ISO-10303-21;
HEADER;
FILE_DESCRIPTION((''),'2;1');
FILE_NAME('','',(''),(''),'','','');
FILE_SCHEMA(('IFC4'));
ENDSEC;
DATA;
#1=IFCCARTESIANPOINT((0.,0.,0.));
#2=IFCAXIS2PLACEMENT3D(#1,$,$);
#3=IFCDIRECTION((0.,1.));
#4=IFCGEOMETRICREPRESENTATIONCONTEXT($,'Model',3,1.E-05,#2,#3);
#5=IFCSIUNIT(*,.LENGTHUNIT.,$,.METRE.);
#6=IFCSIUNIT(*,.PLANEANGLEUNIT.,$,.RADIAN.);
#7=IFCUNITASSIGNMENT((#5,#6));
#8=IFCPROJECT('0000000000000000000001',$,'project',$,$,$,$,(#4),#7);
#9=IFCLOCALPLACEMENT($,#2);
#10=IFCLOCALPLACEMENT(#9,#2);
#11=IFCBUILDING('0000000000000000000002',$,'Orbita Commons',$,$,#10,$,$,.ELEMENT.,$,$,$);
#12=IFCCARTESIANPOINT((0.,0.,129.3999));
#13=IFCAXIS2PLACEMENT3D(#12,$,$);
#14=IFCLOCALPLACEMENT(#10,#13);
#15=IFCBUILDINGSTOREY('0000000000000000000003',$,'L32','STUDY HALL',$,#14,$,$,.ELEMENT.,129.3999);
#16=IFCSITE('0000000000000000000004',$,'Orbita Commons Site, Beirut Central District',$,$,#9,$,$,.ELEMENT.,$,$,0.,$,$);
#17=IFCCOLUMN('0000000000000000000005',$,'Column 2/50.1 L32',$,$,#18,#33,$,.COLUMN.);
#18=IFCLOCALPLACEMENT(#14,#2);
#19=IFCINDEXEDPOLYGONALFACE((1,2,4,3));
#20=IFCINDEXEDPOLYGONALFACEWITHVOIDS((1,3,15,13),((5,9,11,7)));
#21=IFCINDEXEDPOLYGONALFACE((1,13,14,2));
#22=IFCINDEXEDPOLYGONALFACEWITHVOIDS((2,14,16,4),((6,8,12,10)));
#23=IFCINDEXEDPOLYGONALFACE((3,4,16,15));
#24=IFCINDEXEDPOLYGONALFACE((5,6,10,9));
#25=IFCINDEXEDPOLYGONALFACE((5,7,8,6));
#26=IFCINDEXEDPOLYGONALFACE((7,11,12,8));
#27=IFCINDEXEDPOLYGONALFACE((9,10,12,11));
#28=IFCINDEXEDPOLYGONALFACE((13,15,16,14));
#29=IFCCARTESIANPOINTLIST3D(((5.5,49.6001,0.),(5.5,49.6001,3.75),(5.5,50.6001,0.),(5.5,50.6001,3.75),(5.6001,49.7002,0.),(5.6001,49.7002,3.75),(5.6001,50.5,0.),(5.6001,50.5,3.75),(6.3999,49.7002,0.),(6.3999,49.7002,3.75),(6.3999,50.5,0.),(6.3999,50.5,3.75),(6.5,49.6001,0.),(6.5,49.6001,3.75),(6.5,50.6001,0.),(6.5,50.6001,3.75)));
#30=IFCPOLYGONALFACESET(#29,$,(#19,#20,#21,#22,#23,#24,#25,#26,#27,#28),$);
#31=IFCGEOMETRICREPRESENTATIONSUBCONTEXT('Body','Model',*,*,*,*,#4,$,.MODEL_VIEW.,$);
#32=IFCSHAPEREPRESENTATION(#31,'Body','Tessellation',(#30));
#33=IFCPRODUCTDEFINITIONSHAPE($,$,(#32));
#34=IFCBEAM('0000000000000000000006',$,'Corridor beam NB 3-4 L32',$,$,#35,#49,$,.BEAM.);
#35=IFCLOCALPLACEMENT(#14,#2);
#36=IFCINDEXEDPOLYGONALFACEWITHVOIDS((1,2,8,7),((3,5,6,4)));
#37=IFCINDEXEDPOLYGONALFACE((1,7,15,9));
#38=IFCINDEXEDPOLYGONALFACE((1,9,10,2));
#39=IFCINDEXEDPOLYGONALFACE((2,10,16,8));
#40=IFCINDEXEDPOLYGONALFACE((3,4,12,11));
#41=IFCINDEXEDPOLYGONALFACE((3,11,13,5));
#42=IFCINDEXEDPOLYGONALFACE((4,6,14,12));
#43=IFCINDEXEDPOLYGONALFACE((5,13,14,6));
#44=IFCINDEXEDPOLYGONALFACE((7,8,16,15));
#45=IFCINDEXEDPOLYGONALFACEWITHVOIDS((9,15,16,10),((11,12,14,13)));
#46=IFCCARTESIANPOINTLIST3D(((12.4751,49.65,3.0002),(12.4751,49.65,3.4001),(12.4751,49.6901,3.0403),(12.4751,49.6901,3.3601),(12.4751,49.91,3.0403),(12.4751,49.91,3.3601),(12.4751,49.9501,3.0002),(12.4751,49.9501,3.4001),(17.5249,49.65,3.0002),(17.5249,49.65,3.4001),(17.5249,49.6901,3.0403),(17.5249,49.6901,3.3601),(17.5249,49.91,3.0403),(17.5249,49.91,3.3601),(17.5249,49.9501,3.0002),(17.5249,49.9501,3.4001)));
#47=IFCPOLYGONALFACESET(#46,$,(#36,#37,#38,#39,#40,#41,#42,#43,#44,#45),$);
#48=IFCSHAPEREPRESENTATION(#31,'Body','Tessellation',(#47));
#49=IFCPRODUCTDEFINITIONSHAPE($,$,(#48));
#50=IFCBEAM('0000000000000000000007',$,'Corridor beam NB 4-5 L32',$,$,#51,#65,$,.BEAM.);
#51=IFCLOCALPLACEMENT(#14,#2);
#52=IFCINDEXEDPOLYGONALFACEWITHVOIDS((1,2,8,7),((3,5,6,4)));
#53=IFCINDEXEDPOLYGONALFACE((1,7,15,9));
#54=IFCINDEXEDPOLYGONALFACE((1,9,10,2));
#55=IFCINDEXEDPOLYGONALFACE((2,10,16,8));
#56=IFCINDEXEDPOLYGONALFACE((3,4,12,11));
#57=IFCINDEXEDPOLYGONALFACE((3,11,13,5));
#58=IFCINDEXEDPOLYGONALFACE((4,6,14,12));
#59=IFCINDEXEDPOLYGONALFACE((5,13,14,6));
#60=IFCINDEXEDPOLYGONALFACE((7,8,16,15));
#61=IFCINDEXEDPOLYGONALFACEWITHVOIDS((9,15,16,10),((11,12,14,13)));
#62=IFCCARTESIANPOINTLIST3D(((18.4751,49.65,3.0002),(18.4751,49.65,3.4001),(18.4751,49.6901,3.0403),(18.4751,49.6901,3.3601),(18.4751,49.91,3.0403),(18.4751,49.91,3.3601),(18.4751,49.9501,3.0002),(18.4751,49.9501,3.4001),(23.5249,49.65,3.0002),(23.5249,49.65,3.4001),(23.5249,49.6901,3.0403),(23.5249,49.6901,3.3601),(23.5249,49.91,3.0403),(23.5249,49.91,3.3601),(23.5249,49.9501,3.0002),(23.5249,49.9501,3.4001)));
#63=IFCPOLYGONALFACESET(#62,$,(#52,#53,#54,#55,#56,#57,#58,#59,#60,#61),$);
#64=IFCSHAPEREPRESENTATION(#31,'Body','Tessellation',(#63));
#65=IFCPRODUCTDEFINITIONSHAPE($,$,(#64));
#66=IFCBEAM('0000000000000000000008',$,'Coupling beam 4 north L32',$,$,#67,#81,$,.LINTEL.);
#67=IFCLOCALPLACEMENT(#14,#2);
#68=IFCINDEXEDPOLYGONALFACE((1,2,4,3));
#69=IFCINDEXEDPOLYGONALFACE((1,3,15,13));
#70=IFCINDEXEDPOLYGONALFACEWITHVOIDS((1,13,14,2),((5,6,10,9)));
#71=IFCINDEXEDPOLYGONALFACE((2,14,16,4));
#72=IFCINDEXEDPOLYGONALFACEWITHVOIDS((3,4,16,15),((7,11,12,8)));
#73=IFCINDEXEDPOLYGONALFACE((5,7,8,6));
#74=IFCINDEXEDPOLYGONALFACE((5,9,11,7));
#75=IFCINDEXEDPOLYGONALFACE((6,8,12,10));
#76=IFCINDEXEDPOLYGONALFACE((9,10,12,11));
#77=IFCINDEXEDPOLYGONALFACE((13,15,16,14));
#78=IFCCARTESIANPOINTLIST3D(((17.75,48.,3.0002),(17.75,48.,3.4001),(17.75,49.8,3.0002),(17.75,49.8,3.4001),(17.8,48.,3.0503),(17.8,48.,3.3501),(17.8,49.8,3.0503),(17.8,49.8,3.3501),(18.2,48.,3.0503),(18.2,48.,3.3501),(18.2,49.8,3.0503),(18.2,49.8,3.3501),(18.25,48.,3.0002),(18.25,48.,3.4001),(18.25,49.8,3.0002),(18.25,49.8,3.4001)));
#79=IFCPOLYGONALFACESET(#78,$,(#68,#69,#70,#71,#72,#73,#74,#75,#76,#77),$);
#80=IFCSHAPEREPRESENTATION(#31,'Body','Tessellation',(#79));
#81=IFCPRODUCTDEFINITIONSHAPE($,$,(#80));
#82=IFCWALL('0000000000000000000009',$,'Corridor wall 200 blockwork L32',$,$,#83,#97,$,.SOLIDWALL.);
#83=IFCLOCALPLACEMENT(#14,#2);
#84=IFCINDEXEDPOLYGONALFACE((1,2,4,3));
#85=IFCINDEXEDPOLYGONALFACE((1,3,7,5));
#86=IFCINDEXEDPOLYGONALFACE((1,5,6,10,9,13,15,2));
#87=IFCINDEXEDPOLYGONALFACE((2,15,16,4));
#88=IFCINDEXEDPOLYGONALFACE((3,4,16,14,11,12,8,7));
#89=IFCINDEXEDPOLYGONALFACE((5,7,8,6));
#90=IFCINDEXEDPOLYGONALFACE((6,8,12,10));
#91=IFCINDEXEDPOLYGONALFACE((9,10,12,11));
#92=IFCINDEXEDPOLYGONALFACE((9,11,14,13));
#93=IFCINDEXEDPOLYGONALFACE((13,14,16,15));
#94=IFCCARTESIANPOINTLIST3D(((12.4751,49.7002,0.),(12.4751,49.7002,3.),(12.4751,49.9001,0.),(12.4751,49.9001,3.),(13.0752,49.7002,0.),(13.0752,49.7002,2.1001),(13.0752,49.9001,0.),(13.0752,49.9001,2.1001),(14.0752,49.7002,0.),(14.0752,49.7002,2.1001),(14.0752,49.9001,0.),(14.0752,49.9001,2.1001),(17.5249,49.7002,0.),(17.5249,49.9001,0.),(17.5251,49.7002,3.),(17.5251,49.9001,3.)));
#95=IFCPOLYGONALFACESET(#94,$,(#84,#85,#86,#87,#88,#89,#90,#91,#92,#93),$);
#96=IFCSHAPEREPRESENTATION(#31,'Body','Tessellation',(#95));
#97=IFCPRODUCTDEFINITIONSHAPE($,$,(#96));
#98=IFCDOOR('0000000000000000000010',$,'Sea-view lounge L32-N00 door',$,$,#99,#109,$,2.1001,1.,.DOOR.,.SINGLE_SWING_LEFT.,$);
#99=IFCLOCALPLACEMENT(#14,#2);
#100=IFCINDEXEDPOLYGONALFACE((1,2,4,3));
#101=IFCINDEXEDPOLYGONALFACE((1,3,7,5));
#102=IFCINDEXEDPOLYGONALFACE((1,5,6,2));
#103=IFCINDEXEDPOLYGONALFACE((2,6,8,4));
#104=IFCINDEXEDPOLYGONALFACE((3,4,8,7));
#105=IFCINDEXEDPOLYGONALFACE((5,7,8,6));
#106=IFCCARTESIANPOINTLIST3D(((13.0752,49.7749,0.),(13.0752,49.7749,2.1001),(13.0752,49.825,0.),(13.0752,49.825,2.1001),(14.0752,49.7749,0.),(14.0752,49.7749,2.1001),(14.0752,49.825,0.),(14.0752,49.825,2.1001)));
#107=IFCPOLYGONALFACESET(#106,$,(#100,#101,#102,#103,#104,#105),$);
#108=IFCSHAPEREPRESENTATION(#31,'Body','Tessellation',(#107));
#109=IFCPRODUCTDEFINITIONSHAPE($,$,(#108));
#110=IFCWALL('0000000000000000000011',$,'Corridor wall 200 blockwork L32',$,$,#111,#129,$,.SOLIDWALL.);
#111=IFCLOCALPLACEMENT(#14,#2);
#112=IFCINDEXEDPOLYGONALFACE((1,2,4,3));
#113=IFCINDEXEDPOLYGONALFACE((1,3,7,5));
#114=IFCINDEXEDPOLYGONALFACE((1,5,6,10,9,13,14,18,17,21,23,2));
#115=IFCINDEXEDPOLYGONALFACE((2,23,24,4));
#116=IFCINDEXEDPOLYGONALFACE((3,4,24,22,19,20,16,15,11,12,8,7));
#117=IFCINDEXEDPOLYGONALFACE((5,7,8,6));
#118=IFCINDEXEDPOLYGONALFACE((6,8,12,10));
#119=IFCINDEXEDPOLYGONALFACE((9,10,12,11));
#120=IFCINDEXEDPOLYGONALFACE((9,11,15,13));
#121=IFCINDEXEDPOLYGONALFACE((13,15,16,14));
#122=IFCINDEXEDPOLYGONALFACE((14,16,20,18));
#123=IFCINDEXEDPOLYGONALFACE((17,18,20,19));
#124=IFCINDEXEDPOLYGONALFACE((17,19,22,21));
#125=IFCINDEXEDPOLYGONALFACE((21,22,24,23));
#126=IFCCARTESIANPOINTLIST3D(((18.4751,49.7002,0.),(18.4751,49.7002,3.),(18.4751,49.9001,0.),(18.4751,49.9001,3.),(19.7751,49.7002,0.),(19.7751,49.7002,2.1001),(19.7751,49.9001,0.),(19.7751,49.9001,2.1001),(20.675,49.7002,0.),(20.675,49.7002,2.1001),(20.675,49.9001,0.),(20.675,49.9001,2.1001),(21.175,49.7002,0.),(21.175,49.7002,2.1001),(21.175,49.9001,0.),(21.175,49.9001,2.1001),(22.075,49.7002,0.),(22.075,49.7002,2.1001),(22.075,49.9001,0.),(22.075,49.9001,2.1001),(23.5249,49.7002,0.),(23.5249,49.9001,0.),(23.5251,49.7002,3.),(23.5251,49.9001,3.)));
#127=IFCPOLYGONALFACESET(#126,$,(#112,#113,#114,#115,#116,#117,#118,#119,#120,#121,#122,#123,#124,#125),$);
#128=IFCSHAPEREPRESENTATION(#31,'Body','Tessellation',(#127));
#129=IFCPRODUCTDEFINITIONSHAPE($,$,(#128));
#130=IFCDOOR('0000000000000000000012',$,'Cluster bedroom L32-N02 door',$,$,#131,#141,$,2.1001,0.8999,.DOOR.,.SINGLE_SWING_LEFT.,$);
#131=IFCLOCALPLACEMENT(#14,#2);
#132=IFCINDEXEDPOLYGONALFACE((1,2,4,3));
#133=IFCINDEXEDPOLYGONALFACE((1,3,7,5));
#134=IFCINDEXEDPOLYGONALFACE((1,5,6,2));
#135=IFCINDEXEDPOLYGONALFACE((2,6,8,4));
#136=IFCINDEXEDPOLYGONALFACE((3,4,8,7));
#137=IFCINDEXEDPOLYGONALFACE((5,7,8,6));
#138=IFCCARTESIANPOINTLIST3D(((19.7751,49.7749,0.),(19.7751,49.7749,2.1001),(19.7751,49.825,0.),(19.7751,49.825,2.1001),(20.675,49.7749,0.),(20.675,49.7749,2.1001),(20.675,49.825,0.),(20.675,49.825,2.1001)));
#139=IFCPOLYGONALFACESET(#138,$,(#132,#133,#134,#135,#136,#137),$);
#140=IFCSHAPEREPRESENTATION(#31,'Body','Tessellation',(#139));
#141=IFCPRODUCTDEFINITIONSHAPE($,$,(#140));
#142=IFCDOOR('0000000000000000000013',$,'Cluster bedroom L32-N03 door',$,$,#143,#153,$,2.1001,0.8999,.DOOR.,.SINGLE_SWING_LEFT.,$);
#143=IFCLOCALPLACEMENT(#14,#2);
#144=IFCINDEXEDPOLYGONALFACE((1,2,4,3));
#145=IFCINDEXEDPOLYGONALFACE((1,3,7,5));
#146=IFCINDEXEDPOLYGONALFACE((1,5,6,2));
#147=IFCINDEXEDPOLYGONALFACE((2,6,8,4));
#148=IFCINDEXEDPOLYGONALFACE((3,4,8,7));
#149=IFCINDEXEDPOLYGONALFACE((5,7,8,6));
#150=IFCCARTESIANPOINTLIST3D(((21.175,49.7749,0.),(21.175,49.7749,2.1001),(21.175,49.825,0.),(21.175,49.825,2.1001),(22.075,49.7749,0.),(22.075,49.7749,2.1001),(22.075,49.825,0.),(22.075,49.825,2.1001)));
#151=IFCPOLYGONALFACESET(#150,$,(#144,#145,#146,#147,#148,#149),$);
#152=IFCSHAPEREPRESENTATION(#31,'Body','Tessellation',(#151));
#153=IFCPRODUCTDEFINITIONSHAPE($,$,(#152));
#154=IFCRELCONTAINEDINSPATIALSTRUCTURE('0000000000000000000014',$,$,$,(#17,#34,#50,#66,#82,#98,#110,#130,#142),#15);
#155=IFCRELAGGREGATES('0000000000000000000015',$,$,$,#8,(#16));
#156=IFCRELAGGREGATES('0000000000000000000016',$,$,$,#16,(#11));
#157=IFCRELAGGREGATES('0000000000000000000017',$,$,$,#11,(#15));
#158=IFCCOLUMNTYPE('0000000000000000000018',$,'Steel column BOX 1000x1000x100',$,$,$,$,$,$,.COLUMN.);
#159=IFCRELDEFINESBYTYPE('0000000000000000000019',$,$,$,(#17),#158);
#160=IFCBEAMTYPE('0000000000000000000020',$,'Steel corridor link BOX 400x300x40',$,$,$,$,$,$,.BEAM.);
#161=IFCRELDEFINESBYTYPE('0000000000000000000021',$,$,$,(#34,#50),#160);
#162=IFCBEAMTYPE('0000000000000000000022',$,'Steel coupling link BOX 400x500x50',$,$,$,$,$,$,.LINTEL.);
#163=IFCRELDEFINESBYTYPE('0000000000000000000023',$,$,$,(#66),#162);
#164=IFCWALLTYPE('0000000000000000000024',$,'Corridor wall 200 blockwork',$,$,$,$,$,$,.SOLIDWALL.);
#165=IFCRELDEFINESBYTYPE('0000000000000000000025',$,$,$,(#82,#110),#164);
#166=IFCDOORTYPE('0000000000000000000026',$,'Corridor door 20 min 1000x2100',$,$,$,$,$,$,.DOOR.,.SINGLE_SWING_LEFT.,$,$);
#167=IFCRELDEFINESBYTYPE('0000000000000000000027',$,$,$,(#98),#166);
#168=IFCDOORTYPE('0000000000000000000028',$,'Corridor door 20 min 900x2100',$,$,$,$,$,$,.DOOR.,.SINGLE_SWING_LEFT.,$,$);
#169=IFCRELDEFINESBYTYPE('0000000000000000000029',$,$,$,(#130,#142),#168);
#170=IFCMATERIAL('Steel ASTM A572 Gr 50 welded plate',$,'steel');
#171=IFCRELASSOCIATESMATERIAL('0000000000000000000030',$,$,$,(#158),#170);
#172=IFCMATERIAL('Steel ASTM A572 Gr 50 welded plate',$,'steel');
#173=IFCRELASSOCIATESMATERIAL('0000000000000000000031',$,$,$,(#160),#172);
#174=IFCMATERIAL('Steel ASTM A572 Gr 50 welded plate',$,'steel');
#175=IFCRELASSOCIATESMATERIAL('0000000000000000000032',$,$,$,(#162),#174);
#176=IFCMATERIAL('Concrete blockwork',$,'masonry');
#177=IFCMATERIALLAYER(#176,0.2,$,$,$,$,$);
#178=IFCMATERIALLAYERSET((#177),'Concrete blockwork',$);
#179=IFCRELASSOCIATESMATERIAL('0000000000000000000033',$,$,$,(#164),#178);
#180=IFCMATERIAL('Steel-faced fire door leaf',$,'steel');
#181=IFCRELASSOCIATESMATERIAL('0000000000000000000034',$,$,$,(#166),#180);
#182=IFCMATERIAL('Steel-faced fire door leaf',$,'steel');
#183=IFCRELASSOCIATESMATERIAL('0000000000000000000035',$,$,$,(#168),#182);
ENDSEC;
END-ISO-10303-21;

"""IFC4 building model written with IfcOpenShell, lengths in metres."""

from ifc_helpers import new_model, si_unit, direction, frame, frame_2d, origin, origin_2d, place, context, subcontext, project, spatial, polyline, rectangle, hollow_rectangle, outline, extrude, material, layer, layer_set, material_profile, profile_set, type_object, element, fill, save


model = new_model("IFC4")

# Units and contexts
model_context = context("Model", 3, precision=1e-05, world=origin(), true_north=direction((0.0, 1.0)))
body_context = subcontext(model_context, "Body", "Model", "MODEL_VIEW")
ifc_project = project(units=[si_unit("LENGTHUNIT", "METRE"), si_unit("PLANEANGLEUNIT", "RADIAN")], contexts=[model_context])

# Site, building, storey
site_placement = place(None, origin())
site = spatial("IfcSite", under=ifc_project, at=site_placement, Name="Orbita Commons Site, Beirut Central District", CompositionType="ELEMENT", RefElevation=0.0)
building_placement = place(site_placement, origin())
building = spatial("IfcBuilding", under=site, at=building_placement, Name="Orbita Commons", CompositionType="ELEMENT")
storey_placement = place(building_placement, frame((0.0, 0.0, 129.3999)))
storey = spatial("IfcBuildingStorey", under=building, at=storey_placement, Name="L32", Description="STUDY HALL", CompositionType="ELEMENT", Elevation=129.3999)

# Column
ifc_material_1 = material(Name="Steel ASTM A572 Gr 50 welded plate", Category="steel")
ifc_material_profile_1 = material_profile(ifc_material_1, hollow_rectangle(XDim=1.0, YDim=1.0, WallThickness=0.1001, at=origin_2d()), Name="BOX 1000x1000x100")
ifc_profile_set_1 = profile_set([ifc_material_profile_1], Name="Steel ASTM A572 Gr 50 welded plate")
column_type = type_object("IfcColumnType", Name="Steel column BOX 1000x1000x100", PredefinedType="COLUMN", material=ifc_profile_set_1)
column_placement = place(storey_placement, frame((6.0, 50.1001, 0.0), z_axis=(0.0, 0.0, 1.0), x_axis=(1.0, 0.0, 0.0)))
element("IfcColumn", 1, at=column_placement, inside=storey, type_object=column_type, Name="Column 2/50.1 L32", PredefinedType="COLUMN", context=body_context, shape_type="SweptSolid", body=[
    extrude(hollow_rectangle(XDim=1.0, YDim=1.0, WallThickness=0.1001, at=origin_2d()), origin(), (0.0, 0.0, 1.0), 3.75),
])

# Beams
ifc_material_2 = material(Name="Steel ASTM A572 Gr 50 welded plate", Category="steel")
ifc_material_profile_2 = material_profile(ifc_material_2, hollow_rectangle(XDim=0.3, YDim=0.3999, WallThickness=0.04, at=origin_2d()), Name="BOX 400x300x40")
ifc_profile_set_2 = profile_set([ifc_material_profile_2], Name="Steel ASTM A572 Gr 50 welded plate")
beam_type_1 = type_object("IfcBeamType", Name="Steel corridor link BOX 400x300x40", PredefinedType="BEAM", material=ifc_profile_set_2)
for number, where, z_axis, x_axis, name in (
    (2, (12.4751, 49.8, 3.2002), (1.0, 0.0, 0.0), (0.0, 1.0, 0.0), "Corridor beam NB 3-4 L32"),
    (3, (18.4751, 49.8, 3.2002), (1.0, 0.0, 0.0), (0.0, 1.0, 0.0), "Corridor beam NB 4-5 L32"),
):
    element("IfcBeam", number, at=place(storey_placement, frame(where, z_axis=z_axis, x_axis=x_axis)), inside=storey, type_object=beam_type_1, Name=name, PredefinedType="BEAM", context=body_context, shape_type="SweptSolid", body=[
        extrude(hollow_rectangle(XDim=0.3, YDim=0.3999, WallThickness=0.04, at=origin_2d()), origin(), (0.0, 0.0, 1.0), 5.0498),
    ])
ifc_material_3 = material(Name="Steel ASTM A572 Gr 50 welded plate", Category="steel")
ifc_material_profile_3 = material_profile(ifc_material_3, hollow_rectangle(XDim=0.5, YDim=0.3999, WallThickness=0.05, at=origin_2d()), Name="BOX 400x500x50")
ifc_profile_set_3 = profile_set([ifc_material_profile_3], Name="Steel ASTM A572 Gr 50 welded plate")
beam_type_2 = type_object("IfcBeamType", Name="Steel coupling link BOX 400x500x50", PredefinedType="LINTEL", material=ifc_profile_set_3)
beam_placement = place(storey_placement, frame((18.0, 48.0, 3.2002), z_axis=(0.0, 1.0, 0.0), x_axis=(-1.0, 0.0, 0.0)))
element("IfcBeam", 4, at=beam_placement, inside=storey, type_object=beam_type_2, Name="Coupling beam 4 north L32", PredefinedType="LINTEL", context=body_context, shape_type="SweptSolid", body=[
    extrude(hollow_rectangle(XDim=0.5, YDim=0.3999, WallThickness=0.05, at=origin_2d()), origin(), (0.0, 0.0, 1.0), 1.8),
])

# Wall, opening, door
ifc_material_4 = material(Name="Concrete blockwork", Category="masonry")
ifc_layer_1 = layer(ifc_material_4, 0.2)
ifc_layer_set_1 = layer_set([ifc_layer_1], Name="Concrete blockwork")
wall_type_1 = type_object("IfcWallType", Name="Corridor wall 200 blockwork", PredefinedType="SOLIDWALL", material=ifc_layer_set_1)
wall_1_placement = place(storey_placement, frame((12.4751, 49.8, 0.0), z_axis=(0.0, 0.0, 1.0), x_axis=(1.0, 0.0, 0.0)))
wall_1 = element("IfcWall", 5, at=wall_1_placement, inside=storey, type_object=wall_type_1, Name="Corridor wall 200 blockwork L32", PredefinedType="SOLIDWALL", context=body_context, shape_type="SweptSolid", body=[
    extrude(outline(polyline([(0.0, 0.0), (5.0498, 0.0), (5.05, 3.0), (0.0, 3.0), (0.0, 0.0)])), frame((0.0, 0.1001, 0.0), z_axis=(0.0, -1.0, 0.0), x_axis=(1.0, 0.0, 0.0)), (0.0, 0.0, 1.0), 0.2),
])
opening_1_placement = place(wall_1_placement, frame((0.6001, 0.0, 0.0)))
opening_1 = element("IfcOpeningElement", 6, at=opening_1_placement, cuts=wall_1, PredefinedType="OPENING", context=body_context, shape_type="SweptSolid", body=[
    extrude(rectangle(XDim=1.0, YDim=2.1001, at=frame_2d((0.5, 1.05))), frame((0.0, 0.1099, 0.0), z_axis=(0.0, -1.0, 0.0), x_axis=(1.0, 0.0, 0.0)), (0.0, 0.0, 1.0), 0.22),
])
ifc_material_5 = material(Name="Steel-faced fire door leaf", Category="steel")
door_type_1 = type_object("IfcDoorType", Name="Corridor door 20 min 1000x2100", OperationType="SINGLE_SWING_LEFT", PredefinedType="DOOR", material=ifc_material_5)
door_1_placement = place(opening_1_placement, origin())
door_1 = element("IfcDoor", 7, at=door_1_placement, inside=storey, type_object=door_type_1, Name="Sea-view lounge L32-N00 door", OperationType="SINGLE_SWING_LEFT", OverallHeight=2.1001, OverallWidth=1.0, PredefinedType="DOOR", context=body_context, shape_type="SweptSolid", body=[
    extrude(rectangle(XDim=1.0, YDim=2.1001, at=frame_2d((0.5, 1.05))), frame((0.0, 0.0249, 0.0), z_axis=(0.0, -1.0, 0.0), x_axis=(1.0, 0.0, 0.0)), (0.0, 0.0, 1.0), 0.05),
])
fill(opening_1, door_1)

# Wall, openings, doors
wall_2_placement = place(storey_placement, frame((18.4751, 49.8, 0.0), z_axis=(0.0, 0.0, 1.0), x_axis=(1.0, 0.0, 0.0)))
wall_2 = element("IfcWall", 8, at=wall_2_placement, inside=storey, type_object=wall_type_1, Name="Corridor wall 200 blockwork L32", PredefinedType="SOLIDWALL", context=body_context, shape_type="SweptSolid", body=[
    extrude(outline(polyline([(0.0, 0.0), (5.0498, 0.0), (5.05, 3.0), (0.0, 3.0), (0.0, 0.0)])), frame((0.0, 0.1001, 0.0), z_axis=(0.0, -1.0, 0.0), x_axis=(1.0, 0.0, 0.0)), (0.0, 0.0, 1.0), 0.2),
])
opening_2_placement = place(wall_2_placement, frame((1.3, 0.0, 0.0)))
opening_2 = element("IfcOpeningElement", 9, at=opening_2_placement, cuts=wall_2, PredefinedType="OPENING", context=body_context, shape_type="SweptSolid", body=[
    extrude(rectangle(XDim=0.8999, YDim=2.1001, at=frame_2d((0.45, 1.05))), frame((0.0, 0.1099, 0.0), z_axis=(0.0, -1.0, 0.0), x_axis=(1.0, 0.0, 0.0)), (0.0, 0.0, 1.0), 0.22),
])
opening_3_placement = place(wall_2_placement, frame((2.7, 0.0, 0.0)))
opening_3 = element("IfcOpeningElement", 10, at=opening_3_placement, cuts=wall_2, PredefinedType="OPENING", context=body_context, shape_type="SweptSolid", body=[
    extrude(rectangle(XDim=0.8999, YDim=2.1001, at=frame_2d((0.45, 1.05))), frame((0.0, 0.1099, 0.0), z_axis=(0.0, -1.0, 0.0), x_axis=(1.0, 0.0, 0.0)), (0.0, 0.0, 1.0), 0.22),
])
ifc_material_6 = material(Name="Steel-faced fire door leaf", Category="steel")
door_type_2 = type_object("IfcDoorType", Name="Corridor door 20 min 900x2100", OperationType="SINGLE_SWING_LEFT", PredefinedType="DOOR", material=ifc_material_6)
door_2_placement = place(opening_2_placement, origin())
door_2 = element("IfcDoor", 11, at=door_2_placement, inside=storey, type_object=door_type_2, Name="Cluster bedroom L32-N02 door", OperationType="SINGLE_SWING_LEFT", OverallHeight=2.1001, OverallWidth=0.8999, PredefinedType="DOOR", context=body_context, shape_type="SweptSolid", body=[
    extrude(rectangle(XDim=0.8999, YDim=2.1001, at=frame_2d((0.45, 1.05))), frame((0.0, 0.0249, 0.0), z_axis=(0.0, -1.0, 0.0), x_axis=(1.0, 0.0, 0.0)), (0.0, 0.0, 1.0), 0.05),
])
fill(opening_2, door_2)
door_3_placement = place(opening_3_placement, origin())
door_3 = element("IfcDoor", 12, at=door_3_placement, inside=storey, type_object=door_type_2, Name="Cluster bedroom L32-N03 door", OperationType="SINGLE_SWING_LEFT", OverallHeight=2.1001, OverallWidth=0.8999, PredefinedType="DOOR", context=body_context, shape_type="SweptSolid", body=[
    extrude(rectangle(XDim=0.8999, YDim=2.1001, at=frame_2d((0.45, 1.05))), frame((0.0, 0.0249, 0.0), z_axis=(0.0, -1.0, 0.0), x_axis=(1.0, 0.0, 0.0)), (0.0, 0.0, 1.0), 0.05),
])
fill(opening_3, door_3)

save(model, "model.ifc")
